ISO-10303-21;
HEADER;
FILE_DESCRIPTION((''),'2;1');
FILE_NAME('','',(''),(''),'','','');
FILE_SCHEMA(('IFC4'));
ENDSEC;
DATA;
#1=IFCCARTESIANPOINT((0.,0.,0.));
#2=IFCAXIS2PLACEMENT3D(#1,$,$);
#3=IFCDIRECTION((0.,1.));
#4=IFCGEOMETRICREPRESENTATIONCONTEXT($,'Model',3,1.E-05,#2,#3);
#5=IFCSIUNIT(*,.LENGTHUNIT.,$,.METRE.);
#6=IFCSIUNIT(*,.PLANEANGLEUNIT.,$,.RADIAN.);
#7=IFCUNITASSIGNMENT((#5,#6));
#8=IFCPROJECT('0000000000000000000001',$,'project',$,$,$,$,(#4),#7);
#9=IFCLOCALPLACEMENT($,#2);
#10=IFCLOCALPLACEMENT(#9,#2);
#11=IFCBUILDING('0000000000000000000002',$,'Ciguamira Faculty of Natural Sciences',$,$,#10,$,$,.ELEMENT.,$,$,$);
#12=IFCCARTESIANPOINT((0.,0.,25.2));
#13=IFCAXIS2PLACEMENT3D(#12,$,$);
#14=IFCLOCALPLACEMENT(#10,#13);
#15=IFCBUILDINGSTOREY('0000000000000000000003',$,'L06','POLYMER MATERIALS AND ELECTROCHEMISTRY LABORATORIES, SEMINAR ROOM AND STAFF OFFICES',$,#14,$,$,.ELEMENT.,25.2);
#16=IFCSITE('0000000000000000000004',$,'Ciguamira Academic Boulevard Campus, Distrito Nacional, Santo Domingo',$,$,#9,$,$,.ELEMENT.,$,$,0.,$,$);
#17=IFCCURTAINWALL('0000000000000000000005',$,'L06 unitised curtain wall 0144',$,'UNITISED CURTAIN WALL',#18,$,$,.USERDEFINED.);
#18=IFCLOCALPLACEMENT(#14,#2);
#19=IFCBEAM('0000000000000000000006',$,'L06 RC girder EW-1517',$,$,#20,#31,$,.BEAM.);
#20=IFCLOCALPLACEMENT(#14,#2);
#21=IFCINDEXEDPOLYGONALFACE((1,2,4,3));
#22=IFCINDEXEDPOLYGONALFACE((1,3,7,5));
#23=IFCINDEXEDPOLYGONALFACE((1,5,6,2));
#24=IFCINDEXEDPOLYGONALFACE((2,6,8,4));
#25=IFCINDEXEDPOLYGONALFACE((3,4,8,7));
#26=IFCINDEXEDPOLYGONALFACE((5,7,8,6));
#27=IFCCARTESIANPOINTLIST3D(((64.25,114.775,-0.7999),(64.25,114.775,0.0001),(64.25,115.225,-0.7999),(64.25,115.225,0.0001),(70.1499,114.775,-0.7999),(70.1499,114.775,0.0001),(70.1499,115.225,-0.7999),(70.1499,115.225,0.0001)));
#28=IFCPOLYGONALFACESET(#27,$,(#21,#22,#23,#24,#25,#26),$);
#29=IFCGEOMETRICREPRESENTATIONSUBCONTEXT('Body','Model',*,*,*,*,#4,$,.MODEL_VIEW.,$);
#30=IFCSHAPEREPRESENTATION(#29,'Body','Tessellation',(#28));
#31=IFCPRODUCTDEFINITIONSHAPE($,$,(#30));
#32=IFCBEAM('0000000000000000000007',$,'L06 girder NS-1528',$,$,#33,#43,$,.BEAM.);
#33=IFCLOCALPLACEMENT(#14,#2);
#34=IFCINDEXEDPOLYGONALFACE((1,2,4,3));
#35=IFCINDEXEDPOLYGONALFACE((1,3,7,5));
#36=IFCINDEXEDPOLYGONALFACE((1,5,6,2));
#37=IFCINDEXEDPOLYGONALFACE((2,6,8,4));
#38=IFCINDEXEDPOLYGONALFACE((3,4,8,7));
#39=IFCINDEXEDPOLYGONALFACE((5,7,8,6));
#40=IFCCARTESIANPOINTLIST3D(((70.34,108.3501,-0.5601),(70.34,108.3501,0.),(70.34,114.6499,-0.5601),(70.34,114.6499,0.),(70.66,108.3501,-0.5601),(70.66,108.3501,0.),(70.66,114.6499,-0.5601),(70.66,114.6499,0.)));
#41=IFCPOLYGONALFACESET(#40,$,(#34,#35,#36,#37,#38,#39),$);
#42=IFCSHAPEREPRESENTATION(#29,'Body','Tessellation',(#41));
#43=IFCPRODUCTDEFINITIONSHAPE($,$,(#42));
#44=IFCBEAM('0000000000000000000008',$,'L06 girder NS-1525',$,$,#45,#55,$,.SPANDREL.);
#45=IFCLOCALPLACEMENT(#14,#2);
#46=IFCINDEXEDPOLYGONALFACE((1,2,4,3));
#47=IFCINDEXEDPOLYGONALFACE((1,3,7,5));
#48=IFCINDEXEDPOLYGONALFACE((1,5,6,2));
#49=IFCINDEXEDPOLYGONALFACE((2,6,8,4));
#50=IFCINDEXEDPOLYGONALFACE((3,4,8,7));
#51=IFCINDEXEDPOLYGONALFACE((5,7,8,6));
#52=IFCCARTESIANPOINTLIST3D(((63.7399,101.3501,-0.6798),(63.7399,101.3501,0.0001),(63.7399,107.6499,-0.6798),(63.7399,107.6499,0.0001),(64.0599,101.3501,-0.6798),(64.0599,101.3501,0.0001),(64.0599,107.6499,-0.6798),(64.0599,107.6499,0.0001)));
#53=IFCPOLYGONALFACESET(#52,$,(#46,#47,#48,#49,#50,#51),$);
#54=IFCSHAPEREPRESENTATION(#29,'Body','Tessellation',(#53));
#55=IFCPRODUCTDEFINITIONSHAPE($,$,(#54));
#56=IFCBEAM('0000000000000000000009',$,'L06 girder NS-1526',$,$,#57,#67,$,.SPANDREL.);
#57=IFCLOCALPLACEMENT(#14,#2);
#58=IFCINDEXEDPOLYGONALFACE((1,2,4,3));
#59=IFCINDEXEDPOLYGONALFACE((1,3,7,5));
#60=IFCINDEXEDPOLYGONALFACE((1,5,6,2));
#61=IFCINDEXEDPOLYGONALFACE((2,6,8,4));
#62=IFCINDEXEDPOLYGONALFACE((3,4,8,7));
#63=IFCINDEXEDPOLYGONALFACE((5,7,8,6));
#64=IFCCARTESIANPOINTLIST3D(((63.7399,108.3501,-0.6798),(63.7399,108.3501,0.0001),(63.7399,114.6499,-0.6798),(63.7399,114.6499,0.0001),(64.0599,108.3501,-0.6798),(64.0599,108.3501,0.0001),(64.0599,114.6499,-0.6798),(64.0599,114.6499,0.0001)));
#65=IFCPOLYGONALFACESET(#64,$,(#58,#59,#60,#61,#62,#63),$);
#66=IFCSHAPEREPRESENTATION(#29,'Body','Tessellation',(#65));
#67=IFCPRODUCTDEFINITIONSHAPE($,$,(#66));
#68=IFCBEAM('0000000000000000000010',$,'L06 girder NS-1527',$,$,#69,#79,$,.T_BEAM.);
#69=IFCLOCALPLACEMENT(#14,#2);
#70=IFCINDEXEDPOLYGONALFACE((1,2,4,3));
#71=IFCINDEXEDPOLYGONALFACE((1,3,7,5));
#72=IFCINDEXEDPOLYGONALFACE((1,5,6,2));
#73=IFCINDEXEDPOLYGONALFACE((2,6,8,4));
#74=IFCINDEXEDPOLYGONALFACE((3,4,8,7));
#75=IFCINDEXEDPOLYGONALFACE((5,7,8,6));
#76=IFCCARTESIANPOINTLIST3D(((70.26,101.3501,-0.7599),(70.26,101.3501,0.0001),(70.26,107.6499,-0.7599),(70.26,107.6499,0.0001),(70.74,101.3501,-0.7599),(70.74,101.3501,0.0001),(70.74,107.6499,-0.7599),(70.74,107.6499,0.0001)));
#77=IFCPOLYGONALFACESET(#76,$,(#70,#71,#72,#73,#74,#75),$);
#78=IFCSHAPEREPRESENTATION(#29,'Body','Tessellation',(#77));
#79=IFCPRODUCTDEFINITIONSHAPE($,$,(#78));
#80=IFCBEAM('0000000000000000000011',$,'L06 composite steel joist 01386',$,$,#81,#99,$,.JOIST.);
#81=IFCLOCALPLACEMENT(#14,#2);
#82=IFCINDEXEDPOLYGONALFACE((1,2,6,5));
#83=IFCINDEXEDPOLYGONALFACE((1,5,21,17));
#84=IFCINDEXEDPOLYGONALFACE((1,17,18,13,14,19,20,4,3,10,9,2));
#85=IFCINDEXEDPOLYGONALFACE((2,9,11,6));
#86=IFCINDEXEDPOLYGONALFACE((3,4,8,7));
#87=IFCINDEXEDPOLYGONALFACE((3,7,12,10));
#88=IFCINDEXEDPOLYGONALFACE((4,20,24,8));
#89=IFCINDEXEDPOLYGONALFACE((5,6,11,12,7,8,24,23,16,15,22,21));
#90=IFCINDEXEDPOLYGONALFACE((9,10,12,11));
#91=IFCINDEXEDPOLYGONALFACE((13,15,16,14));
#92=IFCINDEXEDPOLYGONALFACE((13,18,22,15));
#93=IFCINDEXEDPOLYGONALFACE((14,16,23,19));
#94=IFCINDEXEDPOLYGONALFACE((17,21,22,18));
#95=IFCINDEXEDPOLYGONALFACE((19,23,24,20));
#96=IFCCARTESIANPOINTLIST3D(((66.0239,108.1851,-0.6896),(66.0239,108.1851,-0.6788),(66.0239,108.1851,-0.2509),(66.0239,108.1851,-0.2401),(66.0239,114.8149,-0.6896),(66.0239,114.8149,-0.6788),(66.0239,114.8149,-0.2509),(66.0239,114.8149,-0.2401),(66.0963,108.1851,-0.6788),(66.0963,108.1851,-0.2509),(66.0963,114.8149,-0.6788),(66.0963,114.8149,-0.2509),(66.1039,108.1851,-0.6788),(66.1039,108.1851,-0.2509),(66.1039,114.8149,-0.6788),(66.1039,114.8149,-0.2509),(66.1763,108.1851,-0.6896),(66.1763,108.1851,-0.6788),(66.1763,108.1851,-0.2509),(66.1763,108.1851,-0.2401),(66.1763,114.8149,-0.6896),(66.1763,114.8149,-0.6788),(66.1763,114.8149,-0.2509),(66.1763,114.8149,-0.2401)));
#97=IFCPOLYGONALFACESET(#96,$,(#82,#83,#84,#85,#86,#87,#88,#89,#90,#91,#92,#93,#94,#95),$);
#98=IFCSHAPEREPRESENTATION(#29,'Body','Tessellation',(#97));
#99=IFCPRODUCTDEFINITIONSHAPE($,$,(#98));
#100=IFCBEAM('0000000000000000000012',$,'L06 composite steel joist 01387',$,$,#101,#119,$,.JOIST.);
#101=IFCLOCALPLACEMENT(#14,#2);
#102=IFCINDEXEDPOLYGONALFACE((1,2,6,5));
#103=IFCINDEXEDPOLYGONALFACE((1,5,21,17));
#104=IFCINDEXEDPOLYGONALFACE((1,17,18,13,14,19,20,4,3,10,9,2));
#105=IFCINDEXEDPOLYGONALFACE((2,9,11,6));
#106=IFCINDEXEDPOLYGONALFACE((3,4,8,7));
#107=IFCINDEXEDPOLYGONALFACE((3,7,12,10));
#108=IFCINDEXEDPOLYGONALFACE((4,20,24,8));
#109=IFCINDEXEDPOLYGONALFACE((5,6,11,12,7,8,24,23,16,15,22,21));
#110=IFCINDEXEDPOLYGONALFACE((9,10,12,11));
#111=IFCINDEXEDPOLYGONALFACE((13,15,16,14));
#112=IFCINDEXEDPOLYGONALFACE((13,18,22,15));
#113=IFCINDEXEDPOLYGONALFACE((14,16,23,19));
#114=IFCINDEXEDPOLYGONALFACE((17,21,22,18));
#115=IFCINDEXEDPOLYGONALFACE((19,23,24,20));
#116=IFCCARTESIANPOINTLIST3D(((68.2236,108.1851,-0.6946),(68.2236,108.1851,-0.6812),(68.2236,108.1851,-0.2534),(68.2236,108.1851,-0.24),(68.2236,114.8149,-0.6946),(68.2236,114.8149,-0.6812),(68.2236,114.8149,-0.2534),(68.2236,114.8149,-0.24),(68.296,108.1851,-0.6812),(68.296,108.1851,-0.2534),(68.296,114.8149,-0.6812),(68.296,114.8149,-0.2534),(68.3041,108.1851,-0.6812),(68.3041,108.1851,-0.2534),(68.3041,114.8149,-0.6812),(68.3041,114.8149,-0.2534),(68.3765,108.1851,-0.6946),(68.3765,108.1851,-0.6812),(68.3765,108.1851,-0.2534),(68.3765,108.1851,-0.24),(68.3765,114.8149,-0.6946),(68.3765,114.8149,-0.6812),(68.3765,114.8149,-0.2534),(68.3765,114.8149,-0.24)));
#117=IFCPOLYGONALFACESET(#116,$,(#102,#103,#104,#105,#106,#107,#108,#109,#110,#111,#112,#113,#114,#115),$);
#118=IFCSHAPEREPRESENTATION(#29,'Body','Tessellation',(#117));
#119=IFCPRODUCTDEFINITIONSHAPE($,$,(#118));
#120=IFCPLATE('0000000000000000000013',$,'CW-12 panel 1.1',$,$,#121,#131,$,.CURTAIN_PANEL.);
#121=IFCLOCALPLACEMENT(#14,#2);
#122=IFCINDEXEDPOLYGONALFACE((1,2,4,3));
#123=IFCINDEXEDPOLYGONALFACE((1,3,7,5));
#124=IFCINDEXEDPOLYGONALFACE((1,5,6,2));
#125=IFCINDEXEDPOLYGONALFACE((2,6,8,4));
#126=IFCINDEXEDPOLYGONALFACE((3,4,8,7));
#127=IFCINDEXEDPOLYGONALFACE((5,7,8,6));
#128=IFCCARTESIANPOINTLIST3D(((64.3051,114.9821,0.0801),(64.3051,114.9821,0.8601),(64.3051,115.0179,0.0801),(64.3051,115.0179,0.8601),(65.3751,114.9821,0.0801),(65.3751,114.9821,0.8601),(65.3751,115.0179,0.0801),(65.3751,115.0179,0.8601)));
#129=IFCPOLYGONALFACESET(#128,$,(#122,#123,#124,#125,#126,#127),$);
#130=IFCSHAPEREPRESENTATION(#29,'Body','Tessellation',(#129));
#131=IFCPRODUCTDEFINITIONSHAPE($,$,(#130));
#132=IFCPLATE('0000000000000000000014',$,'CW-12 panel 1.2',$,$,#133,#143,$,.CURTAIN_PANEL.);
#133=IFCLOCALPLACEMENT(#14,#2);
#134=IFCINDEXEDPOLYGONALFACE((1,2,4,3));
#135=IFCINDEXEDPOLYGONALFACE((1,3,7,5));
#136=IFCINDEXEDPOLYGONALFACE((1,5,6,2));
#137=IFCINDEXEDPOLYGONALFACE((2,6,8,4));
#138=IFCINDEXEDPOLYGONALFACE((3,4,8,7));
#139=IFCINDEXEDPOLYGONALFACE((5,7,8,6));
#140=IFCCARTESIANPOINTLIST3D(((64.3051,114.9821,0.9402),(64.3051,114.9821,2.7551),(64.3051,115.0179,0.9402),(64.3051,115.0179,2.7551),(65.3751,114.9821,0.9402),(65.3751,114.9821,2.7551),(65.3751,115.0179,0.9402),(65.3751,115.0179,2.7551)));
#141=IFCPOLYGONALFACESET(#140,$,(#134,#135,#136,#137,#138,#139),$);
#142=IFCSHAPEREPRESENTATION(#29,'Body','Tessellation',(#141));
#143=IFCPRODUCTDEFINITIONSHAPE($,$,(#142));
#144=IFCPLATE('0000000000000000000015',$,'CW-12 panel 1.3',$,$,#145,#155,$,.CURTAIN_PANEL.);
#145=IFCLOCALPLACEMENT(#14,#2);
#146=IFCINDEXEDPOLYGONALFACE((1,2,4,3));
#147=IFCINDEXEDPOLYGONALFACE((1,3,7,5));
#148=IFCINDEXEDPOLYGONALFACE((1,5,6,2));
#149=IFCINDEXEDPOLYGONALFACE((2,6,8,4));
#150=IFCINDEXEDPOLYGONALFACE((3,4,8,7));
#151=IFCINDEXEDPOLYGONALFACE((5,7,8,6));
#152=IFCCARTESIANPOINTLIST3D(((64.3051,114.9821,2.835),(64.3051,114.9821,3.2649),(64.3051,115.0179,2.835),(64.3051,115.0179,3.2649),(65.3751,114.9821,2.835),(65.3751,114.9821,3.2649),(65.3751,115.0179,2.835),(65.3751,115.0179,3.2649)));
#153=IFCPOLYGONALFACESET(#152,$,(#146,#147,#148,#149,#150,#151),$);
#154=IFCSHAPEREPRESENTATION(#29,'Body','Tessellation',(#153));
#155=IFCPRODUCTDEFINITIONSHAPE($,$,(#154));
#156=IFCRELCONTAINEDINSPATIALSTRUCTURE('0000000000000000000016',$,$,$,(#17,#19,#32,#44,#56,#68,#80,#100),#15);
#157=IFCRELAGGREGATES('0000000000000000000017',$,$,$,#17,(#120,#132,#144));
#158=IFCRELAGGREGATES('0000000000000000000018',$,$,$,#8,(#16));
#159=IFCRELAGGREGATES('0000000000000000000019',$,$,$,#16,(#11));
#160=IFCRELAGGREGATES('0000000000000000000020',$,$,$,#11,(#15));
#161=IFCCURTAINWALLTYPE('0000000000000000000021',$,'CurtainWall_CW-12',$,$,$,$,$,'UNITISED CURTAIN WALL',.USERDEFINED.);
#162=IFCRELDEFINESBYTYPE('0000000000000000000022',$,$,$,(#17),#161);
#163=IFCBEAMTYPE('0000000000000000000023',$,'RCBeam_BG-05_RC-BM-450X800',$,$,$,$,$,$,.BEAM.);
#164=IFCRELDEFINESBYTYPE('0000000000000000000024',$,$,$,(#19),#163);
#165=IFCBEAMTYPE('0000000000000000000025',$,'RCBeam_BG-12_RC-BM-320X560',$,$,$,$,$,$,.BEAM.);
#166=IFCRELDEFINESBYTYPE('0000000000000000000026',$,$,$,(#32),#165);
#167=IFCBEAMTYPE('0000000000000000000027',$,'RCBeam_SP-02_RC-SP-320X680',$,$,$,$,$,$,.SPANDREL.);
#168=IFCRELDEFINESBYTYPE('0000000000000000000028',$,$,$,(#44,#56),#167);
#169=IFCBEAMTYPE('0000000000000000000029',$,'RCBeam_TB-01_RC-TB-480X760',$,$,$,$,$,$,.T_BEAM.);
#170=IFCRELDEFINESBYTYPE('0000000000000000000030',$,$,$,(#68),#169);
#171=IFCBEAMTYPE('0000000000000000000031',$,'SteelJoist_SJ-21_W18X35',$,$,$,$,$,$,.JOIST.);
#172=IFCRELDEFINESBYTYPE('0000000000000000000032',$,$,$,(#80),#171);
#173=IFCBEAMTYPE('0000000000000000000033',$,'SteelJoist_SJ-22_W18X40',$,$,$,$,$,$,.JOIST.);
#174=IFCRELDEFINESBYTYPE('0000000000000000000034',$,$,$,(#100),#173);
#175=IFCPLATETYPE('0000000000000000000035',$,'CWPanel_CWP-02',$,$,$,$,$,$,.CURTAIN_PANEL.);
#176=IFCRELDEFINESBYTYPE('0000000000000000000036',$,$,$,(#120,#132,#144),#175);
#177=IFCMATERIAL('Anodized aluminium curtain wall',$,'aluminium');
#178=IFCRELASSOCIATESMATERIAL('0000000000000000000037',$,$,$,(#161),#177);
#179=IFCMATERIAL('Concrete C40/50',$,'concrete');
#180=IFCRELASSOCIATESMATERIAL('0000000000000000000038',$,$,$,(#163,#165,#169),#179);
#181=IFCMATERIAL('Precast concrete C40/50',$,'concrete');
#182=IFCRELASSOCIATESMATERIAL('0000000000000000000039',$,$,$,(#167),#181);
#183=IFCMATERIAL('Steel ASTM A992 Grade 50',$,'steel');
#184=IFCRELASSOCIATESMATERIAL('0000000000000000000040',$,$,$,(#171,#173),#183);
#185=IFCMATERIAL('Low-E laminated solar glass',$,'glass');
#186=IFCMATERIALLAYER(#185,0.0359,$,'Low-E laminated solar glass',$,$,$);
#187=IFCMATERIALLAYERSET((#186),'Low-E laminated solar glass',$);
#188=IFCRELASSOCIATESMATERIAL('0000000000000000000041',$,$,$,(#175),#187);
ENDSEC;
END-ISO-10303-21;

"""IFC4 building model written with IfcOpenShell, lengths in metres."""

from ifc_helpers import new_model, si_unit, direction, frame, origin, origin_2d, place, context, subcontext, project, spatial, rectangle, i_section, extrude, material, layer, layer_set, material_profile, profile_set, type_object, element, aggregate, save


model = new_model("IFC4")

# Units and contexts
model_context = context("Model", 3, precision=1e-05, world=origin(), true_north=direction((0.0, 1.0)))
body_context = subcontext(model_context, "Body", "Model", "MODEL_VIEW")
ifc_project = project(units=[si_unit("LENGTHUNIT", "METRE"), si_unit("PLANEANGLEUNIT", "RADIAN")], contexts=[model_context])

# Site, building, storey
site_placement = place(None, origin())
site = spatial("IfcSite", under=ifc_project, at=site_placement, Name="Ciguamira Academic Boulevard Campus, Distrito Nacional, Santo Domingo", CompositionType="ELEMENT", RefElevation=0.0)
building_placement = place(site_placement, origin())
building = spatial("IfcBuilding", under=site, at=building_placement, Name="Ciguamira Faculty of Natural Sciences", CompositionType="ELEMENT")
storey_placement = place(building_placement, frame((0.0, 0.0, 25.2)))
storey = spatial("IfcBuildingStorey", under=building, at=storey_placement, Name="L06", Description="POLYMER MATERIALS AND ELECTROCHEMISTRY LABORATORIES, SEMINAR ROOM AND STAFF OFFICES", CompositionType="ELEMENT", Elevation=25.2)

# Shared definitions
ifc_material_1 = material(Name="Concrete C40/50", Category="concrete")

# Curtain wall
ifc_material_2 = material(Name="Anodized aluminium curtain wall", Category="aluminium")
curtain_wall_type = type_object("IfcCurtainWallType", Name="CurtainWall_CW-12", ElementType="UNITISED CURTAIN WALL", PredefinedType="USERDEFINED", material=ifc_material_2)
curtain_wall_placement = place(storey_placement, origin())
curtain_wall = element("IfcCurtainWall", 1, at=curtain_wall_placement, inside=storey, type_object=curtain_wall_type, Name="L06 unitised curtain wall 0144", ObjectType="UNITISED CURTAIN WALL", PredefinedType="USERDEFINED")

# Beams
ifc_material_profile_1 = material_profile(ifc_material_1, rectangle(XDim=0.45, YDim=0.8, at=origin_2d()), Name="RC-BM-450X800")
ifc_profile_set_1 = profile_set([ifc_material_profile_1], Name="Concrete C40/50")
beam_type_1 = type_object("IfcBeamType", Name="RCBeam_BG-05_RC-BM-450X800", PredefinedType="BEAM", material=ifc_profile_set_1)
for number, where, z_axis, x_axis, name in (
    (2, (64.25, 115.0, -0.3999), (1.0, 0.0, 0.0), (0.0, 1.0, 0.0), "L06 RC girder EW-1517"),
):
    element("IfcBeam", number, at=place(storey_placement, frame(where, z_axis=z_axis, x_axis=x_axis)), inside=storey, type_object=beam_type_1, Name=name, PredefinedType="BEAM", context=body_context, shape_type="SweptSolid", body=[
        extrude(rectangle(XDim=0.45, YDim=0.8, at=origin_2d()), origin(), (0.0, 0.0, 1.0), 5.8999),
    ])
ifc_material_profile_2 = material_profile(ifc_material_1, rectangle(XDim=0.3201, YDim=0.5601, at=origin_2d()), Name="RC-BM-320X560")
ifc_profile_set_2 = profile_set([ifc_material_profile_2], Name="Concrete C40/50")
beam_type_2 = type_object("IfcBeamType", Name="RCBeam_BG-12_RC-BM-320X560", PredefinedType="BEAM", material=ifc_profile_set_2)
beam_1_placement = place(storey_placement, frame((70.5, 108.3501, -0.28), z_axis=(0.0, 1.0, 0.0), x_axis=(-1.0, 0.0, 0.0)))
element("IfcBeam", 3, at=beam_1_placement, inside=storey, type_object=beam_type_2, Name="L06 girder NS-1528", PredefinedType="BEAM", context=body_context, shape_type="SweptSolid", body=[
    extrude(rectangle(XDim=0.3201, YDim=0.5601, at=origin_2d()), origin(), (0.0, 0.0, 1.0), 6.2998),
])
ifc_material_3 = material(Name="Precast concrete C40/50", Category="concrete")
ifc_material_profile_3 = material_profile(ifc_material_3, rectangle(XDim=0.3201, YDim=0.6799, at=origin_2d()), Name="RC-SP-320X680")
ifc_profile_set_3 = profile_set([ifc_material_profile_3], Name="Precast concrete C40/50")
beam_type_3 = type_object("IfcBeamType", Name="RCBeam_SP-02_RC-SP-320X680", PredefinedType="SPANDREL", material=ifc_profile_set_3)
for number, where, z_axis, x_axis, name in (
    (4, (63.8999, 101.3501, -0.3398), (0.0, 1.0, 0.0), (-1.0, 0.0, 0.0), "L06 girder NS-1525"),
    (5, (63.8999, 108.3501, -0.3398), (0.0, 1.0, 0.0), (-1.0, 0.0, 0.0), "L06 girder NS-1526"),
):
    element("IfcBeam", number, at=place(storey_placement, frame(where, z_axis=z_axis, x_axis=x_axis)), inside=storey, type_object=beam_type_3, Name=name, PredefinedType="SPANDREL", context=body_context, shape_type="SweptSolid", body=[
        extrude(rectangle(XDim=0.3201, YDim=0.6799, at=origin_2d()), origin(), (0.0, 0.0, 1.0), 6.2998),
    ])
ifc_material_profile_4 = material_profile(ifc_material_1, rectangle(XDim=0.48, YDim=0.76, at=origin_2d()), Name="RC-TB-480X760")
ifc_profile_set_4 = profile_set([ifc_material_profile_4], Name="Concrete C40/50")
beam_type_4 = type_object("IfcBeamType", Name="RCBeam_TB-01_RC-TB-480X760", PredefinedType="T_BEAM", material=ifc_profile_set_4)
beam_2_placement = place(storey_placement, frame((70.5, 101.3501, -0.3799), z_axis=(0.0, 1.0, 0.0), x_axis=(-1.0, 0.0, 0.0)))
element("IfcBeam", 6, at=beam_2_placement, inside=storey, type_object=beam_type_4, Name="L06 girder NS-1527", PredefinedType="T_BEAM", context=body_context, shape_type="SweptSolid", body=[
    extrude(rectangle(XDim=0.48, YDim=0.76, at=origin_2d()), origin(), (0.0, 0.0, 1.0), 6.2998),
])
ifc_material_4 = material(Name="Steel ASTM A992 Grade 50", Category="steel")
ifc_material_profile_5 = material_profile(ifc_material_4, i_section(OverallWidth=0.1523, OverallDepth=0.4495, WebThickness=0.0076, FlangeThickness=0.0107, at=origin_2d()), Name="W18X35")
ifc_profile_set_5 = profile_set([ifc_material_profile_5], Name="Steel ASTM A992 Grade 50")
beam_type_5 = type_object("IfcBeamType", Name="SteelJoist_SJ-21_W18X35", PredefinedType="JOIST", material=ifc_profile_set_5)
beam_3_placement = place(storey_placement, frame((66.1001, 108.1851, -0.4648), z_axis=(0.0, 1.0, 0.0), x_axis=(-1.0, 0.0, 0.0)))
element("IfcBeam", 7, at=beam_3_placement, inside=storey, type_object=beam_type_5, Name="L06 composite steel joist 01386", PredefinedType="JOIST", context=body_context, shape_type="SweptSolid", body=[
    extrude(i_section(OverallWidth=0.1523, OverallDepth=0.4495, WebThickness=0.0076, FlangeThickness=0.0107, at=origin_2d()), origin(), (0.0, 0.0, 1.0), 6.6299),
])
ifc_material_profile_6 = material_profile(ifc_material_4, i_section(OverallWidth=0.1528, OverallDepth=0.4546, WebThickness=0.0081, FlangeThickness=0.0134, at=origin_2d()), Name="W18X40")
ifc_profile_set_6 = profile_set([ifc_material_profile_6], Name="Steel ASTM A992 Grade 50")
beam_type_6 = type_object("IfcBeamType", Name="SteelJoist_SJ-22_W18X40", PredefinedType="JOIST", material=ifc_profile_set_6)
beam_4_placement = place(storey_placement, frame((68.3, 108.1851, -0.4673), z_axis=(0.0, 1.0, 0.0), x_axis=(-1.0, 0.0, 0.0)))
element("IfcBeam", 8, at=beam_4_placement, inside=storey, type_object=beam_type_6, Name="L06 composite steel joist 01387", PredefinedType="JOIST", context=body_context, shape_type="SweptSolid", body=[
    extrude(i_section(OverallWidth=0.1528, OverallDepth=0.4546, WebThickness=0.0081, FlangeThickness=0.0134, at=origin_2d()), origin(), (0.0, 0.0, 1.0), 6.6299),
])

# Plates
ifc_material_5 = material(Name="Low-E laminated solar glass", Category="glass")
ifc_layer_1 = layer(ifc_material_5, 0.0359, Name="Low-E laminated solar glass")
ifc_layer_set_1 = layer_set([ifc_layer_1], Name="Low-E laminated solar glass")
plate_type = type_object("IfcPlateType", Name="CWPanel_CWP-02", PredefinedType="CURTAIN_PANEL", material=ifc_layer_set_1)
plate_1_placement = place(storey_placement, frame((64.8401, 115.0, 0.0801), z_axis=(0.0, 0.0, 1.0), x_axis=(1.0, 0.0, 0.0)))
plate_1 = element("IfcPlate", 9, at=plate_1_placement, type_object=plate_type, Name="CW-12 panel 1.1", PredefinedType="CURTAIN_PANEL", context=body_context, shape_type="SweptSolid", body=[
    extrude(rectangle(XDim=1.0701, YDim=0.0359, at=origin_2d()), origin(), (0.0, 0.0, 1.0), 0.78),
])
plate_2_placement = place(storey_placement, frame((64.8401, 115.0, 0.9402), z_axis=(0.0, 0.0, 1.0), x_axis=(1.0, 0.0, 0.0)))
plate_2 = element("IfcPlate", 10, at=plate_2_placement, type_object=plate_type, Name="CW-12 panel 1.2", PredefinedType="CURTAIN_PANEL", context=body_context, shape_type="SweptSolid", body=[
    extrude(rectangle(XDim=1.0701, YDim=0.0359, at=origin_2d()), origin(), (0.0, 0.0, 1.0), 1.8149),
])
plate_3_placement = place(storey_placement, frame((64.8401, 115.0, 2.835), z_axis=(0.0, 0.0, 1.0), x_axis=(1.0, 0.0, 0.0)))
plate_3 = element("IfcPlate", 11, at=plate_3_placement, type_object=plate_type, Name="CW-12 panel 1.3", PredefinedType="CURTAIN_PANEL", context=body_context, shape_type="SweptSolid", body=[
    extrude(rectangle(XDim=1.0701, YDim=0.0359, at=origin_2d()), origin(), (0.0, 0.0, 1.0), 0.4299),
])
aggregate(curtain_wall, [plate_1, plate_2, plate_3])

save(model, "model.ifc")
